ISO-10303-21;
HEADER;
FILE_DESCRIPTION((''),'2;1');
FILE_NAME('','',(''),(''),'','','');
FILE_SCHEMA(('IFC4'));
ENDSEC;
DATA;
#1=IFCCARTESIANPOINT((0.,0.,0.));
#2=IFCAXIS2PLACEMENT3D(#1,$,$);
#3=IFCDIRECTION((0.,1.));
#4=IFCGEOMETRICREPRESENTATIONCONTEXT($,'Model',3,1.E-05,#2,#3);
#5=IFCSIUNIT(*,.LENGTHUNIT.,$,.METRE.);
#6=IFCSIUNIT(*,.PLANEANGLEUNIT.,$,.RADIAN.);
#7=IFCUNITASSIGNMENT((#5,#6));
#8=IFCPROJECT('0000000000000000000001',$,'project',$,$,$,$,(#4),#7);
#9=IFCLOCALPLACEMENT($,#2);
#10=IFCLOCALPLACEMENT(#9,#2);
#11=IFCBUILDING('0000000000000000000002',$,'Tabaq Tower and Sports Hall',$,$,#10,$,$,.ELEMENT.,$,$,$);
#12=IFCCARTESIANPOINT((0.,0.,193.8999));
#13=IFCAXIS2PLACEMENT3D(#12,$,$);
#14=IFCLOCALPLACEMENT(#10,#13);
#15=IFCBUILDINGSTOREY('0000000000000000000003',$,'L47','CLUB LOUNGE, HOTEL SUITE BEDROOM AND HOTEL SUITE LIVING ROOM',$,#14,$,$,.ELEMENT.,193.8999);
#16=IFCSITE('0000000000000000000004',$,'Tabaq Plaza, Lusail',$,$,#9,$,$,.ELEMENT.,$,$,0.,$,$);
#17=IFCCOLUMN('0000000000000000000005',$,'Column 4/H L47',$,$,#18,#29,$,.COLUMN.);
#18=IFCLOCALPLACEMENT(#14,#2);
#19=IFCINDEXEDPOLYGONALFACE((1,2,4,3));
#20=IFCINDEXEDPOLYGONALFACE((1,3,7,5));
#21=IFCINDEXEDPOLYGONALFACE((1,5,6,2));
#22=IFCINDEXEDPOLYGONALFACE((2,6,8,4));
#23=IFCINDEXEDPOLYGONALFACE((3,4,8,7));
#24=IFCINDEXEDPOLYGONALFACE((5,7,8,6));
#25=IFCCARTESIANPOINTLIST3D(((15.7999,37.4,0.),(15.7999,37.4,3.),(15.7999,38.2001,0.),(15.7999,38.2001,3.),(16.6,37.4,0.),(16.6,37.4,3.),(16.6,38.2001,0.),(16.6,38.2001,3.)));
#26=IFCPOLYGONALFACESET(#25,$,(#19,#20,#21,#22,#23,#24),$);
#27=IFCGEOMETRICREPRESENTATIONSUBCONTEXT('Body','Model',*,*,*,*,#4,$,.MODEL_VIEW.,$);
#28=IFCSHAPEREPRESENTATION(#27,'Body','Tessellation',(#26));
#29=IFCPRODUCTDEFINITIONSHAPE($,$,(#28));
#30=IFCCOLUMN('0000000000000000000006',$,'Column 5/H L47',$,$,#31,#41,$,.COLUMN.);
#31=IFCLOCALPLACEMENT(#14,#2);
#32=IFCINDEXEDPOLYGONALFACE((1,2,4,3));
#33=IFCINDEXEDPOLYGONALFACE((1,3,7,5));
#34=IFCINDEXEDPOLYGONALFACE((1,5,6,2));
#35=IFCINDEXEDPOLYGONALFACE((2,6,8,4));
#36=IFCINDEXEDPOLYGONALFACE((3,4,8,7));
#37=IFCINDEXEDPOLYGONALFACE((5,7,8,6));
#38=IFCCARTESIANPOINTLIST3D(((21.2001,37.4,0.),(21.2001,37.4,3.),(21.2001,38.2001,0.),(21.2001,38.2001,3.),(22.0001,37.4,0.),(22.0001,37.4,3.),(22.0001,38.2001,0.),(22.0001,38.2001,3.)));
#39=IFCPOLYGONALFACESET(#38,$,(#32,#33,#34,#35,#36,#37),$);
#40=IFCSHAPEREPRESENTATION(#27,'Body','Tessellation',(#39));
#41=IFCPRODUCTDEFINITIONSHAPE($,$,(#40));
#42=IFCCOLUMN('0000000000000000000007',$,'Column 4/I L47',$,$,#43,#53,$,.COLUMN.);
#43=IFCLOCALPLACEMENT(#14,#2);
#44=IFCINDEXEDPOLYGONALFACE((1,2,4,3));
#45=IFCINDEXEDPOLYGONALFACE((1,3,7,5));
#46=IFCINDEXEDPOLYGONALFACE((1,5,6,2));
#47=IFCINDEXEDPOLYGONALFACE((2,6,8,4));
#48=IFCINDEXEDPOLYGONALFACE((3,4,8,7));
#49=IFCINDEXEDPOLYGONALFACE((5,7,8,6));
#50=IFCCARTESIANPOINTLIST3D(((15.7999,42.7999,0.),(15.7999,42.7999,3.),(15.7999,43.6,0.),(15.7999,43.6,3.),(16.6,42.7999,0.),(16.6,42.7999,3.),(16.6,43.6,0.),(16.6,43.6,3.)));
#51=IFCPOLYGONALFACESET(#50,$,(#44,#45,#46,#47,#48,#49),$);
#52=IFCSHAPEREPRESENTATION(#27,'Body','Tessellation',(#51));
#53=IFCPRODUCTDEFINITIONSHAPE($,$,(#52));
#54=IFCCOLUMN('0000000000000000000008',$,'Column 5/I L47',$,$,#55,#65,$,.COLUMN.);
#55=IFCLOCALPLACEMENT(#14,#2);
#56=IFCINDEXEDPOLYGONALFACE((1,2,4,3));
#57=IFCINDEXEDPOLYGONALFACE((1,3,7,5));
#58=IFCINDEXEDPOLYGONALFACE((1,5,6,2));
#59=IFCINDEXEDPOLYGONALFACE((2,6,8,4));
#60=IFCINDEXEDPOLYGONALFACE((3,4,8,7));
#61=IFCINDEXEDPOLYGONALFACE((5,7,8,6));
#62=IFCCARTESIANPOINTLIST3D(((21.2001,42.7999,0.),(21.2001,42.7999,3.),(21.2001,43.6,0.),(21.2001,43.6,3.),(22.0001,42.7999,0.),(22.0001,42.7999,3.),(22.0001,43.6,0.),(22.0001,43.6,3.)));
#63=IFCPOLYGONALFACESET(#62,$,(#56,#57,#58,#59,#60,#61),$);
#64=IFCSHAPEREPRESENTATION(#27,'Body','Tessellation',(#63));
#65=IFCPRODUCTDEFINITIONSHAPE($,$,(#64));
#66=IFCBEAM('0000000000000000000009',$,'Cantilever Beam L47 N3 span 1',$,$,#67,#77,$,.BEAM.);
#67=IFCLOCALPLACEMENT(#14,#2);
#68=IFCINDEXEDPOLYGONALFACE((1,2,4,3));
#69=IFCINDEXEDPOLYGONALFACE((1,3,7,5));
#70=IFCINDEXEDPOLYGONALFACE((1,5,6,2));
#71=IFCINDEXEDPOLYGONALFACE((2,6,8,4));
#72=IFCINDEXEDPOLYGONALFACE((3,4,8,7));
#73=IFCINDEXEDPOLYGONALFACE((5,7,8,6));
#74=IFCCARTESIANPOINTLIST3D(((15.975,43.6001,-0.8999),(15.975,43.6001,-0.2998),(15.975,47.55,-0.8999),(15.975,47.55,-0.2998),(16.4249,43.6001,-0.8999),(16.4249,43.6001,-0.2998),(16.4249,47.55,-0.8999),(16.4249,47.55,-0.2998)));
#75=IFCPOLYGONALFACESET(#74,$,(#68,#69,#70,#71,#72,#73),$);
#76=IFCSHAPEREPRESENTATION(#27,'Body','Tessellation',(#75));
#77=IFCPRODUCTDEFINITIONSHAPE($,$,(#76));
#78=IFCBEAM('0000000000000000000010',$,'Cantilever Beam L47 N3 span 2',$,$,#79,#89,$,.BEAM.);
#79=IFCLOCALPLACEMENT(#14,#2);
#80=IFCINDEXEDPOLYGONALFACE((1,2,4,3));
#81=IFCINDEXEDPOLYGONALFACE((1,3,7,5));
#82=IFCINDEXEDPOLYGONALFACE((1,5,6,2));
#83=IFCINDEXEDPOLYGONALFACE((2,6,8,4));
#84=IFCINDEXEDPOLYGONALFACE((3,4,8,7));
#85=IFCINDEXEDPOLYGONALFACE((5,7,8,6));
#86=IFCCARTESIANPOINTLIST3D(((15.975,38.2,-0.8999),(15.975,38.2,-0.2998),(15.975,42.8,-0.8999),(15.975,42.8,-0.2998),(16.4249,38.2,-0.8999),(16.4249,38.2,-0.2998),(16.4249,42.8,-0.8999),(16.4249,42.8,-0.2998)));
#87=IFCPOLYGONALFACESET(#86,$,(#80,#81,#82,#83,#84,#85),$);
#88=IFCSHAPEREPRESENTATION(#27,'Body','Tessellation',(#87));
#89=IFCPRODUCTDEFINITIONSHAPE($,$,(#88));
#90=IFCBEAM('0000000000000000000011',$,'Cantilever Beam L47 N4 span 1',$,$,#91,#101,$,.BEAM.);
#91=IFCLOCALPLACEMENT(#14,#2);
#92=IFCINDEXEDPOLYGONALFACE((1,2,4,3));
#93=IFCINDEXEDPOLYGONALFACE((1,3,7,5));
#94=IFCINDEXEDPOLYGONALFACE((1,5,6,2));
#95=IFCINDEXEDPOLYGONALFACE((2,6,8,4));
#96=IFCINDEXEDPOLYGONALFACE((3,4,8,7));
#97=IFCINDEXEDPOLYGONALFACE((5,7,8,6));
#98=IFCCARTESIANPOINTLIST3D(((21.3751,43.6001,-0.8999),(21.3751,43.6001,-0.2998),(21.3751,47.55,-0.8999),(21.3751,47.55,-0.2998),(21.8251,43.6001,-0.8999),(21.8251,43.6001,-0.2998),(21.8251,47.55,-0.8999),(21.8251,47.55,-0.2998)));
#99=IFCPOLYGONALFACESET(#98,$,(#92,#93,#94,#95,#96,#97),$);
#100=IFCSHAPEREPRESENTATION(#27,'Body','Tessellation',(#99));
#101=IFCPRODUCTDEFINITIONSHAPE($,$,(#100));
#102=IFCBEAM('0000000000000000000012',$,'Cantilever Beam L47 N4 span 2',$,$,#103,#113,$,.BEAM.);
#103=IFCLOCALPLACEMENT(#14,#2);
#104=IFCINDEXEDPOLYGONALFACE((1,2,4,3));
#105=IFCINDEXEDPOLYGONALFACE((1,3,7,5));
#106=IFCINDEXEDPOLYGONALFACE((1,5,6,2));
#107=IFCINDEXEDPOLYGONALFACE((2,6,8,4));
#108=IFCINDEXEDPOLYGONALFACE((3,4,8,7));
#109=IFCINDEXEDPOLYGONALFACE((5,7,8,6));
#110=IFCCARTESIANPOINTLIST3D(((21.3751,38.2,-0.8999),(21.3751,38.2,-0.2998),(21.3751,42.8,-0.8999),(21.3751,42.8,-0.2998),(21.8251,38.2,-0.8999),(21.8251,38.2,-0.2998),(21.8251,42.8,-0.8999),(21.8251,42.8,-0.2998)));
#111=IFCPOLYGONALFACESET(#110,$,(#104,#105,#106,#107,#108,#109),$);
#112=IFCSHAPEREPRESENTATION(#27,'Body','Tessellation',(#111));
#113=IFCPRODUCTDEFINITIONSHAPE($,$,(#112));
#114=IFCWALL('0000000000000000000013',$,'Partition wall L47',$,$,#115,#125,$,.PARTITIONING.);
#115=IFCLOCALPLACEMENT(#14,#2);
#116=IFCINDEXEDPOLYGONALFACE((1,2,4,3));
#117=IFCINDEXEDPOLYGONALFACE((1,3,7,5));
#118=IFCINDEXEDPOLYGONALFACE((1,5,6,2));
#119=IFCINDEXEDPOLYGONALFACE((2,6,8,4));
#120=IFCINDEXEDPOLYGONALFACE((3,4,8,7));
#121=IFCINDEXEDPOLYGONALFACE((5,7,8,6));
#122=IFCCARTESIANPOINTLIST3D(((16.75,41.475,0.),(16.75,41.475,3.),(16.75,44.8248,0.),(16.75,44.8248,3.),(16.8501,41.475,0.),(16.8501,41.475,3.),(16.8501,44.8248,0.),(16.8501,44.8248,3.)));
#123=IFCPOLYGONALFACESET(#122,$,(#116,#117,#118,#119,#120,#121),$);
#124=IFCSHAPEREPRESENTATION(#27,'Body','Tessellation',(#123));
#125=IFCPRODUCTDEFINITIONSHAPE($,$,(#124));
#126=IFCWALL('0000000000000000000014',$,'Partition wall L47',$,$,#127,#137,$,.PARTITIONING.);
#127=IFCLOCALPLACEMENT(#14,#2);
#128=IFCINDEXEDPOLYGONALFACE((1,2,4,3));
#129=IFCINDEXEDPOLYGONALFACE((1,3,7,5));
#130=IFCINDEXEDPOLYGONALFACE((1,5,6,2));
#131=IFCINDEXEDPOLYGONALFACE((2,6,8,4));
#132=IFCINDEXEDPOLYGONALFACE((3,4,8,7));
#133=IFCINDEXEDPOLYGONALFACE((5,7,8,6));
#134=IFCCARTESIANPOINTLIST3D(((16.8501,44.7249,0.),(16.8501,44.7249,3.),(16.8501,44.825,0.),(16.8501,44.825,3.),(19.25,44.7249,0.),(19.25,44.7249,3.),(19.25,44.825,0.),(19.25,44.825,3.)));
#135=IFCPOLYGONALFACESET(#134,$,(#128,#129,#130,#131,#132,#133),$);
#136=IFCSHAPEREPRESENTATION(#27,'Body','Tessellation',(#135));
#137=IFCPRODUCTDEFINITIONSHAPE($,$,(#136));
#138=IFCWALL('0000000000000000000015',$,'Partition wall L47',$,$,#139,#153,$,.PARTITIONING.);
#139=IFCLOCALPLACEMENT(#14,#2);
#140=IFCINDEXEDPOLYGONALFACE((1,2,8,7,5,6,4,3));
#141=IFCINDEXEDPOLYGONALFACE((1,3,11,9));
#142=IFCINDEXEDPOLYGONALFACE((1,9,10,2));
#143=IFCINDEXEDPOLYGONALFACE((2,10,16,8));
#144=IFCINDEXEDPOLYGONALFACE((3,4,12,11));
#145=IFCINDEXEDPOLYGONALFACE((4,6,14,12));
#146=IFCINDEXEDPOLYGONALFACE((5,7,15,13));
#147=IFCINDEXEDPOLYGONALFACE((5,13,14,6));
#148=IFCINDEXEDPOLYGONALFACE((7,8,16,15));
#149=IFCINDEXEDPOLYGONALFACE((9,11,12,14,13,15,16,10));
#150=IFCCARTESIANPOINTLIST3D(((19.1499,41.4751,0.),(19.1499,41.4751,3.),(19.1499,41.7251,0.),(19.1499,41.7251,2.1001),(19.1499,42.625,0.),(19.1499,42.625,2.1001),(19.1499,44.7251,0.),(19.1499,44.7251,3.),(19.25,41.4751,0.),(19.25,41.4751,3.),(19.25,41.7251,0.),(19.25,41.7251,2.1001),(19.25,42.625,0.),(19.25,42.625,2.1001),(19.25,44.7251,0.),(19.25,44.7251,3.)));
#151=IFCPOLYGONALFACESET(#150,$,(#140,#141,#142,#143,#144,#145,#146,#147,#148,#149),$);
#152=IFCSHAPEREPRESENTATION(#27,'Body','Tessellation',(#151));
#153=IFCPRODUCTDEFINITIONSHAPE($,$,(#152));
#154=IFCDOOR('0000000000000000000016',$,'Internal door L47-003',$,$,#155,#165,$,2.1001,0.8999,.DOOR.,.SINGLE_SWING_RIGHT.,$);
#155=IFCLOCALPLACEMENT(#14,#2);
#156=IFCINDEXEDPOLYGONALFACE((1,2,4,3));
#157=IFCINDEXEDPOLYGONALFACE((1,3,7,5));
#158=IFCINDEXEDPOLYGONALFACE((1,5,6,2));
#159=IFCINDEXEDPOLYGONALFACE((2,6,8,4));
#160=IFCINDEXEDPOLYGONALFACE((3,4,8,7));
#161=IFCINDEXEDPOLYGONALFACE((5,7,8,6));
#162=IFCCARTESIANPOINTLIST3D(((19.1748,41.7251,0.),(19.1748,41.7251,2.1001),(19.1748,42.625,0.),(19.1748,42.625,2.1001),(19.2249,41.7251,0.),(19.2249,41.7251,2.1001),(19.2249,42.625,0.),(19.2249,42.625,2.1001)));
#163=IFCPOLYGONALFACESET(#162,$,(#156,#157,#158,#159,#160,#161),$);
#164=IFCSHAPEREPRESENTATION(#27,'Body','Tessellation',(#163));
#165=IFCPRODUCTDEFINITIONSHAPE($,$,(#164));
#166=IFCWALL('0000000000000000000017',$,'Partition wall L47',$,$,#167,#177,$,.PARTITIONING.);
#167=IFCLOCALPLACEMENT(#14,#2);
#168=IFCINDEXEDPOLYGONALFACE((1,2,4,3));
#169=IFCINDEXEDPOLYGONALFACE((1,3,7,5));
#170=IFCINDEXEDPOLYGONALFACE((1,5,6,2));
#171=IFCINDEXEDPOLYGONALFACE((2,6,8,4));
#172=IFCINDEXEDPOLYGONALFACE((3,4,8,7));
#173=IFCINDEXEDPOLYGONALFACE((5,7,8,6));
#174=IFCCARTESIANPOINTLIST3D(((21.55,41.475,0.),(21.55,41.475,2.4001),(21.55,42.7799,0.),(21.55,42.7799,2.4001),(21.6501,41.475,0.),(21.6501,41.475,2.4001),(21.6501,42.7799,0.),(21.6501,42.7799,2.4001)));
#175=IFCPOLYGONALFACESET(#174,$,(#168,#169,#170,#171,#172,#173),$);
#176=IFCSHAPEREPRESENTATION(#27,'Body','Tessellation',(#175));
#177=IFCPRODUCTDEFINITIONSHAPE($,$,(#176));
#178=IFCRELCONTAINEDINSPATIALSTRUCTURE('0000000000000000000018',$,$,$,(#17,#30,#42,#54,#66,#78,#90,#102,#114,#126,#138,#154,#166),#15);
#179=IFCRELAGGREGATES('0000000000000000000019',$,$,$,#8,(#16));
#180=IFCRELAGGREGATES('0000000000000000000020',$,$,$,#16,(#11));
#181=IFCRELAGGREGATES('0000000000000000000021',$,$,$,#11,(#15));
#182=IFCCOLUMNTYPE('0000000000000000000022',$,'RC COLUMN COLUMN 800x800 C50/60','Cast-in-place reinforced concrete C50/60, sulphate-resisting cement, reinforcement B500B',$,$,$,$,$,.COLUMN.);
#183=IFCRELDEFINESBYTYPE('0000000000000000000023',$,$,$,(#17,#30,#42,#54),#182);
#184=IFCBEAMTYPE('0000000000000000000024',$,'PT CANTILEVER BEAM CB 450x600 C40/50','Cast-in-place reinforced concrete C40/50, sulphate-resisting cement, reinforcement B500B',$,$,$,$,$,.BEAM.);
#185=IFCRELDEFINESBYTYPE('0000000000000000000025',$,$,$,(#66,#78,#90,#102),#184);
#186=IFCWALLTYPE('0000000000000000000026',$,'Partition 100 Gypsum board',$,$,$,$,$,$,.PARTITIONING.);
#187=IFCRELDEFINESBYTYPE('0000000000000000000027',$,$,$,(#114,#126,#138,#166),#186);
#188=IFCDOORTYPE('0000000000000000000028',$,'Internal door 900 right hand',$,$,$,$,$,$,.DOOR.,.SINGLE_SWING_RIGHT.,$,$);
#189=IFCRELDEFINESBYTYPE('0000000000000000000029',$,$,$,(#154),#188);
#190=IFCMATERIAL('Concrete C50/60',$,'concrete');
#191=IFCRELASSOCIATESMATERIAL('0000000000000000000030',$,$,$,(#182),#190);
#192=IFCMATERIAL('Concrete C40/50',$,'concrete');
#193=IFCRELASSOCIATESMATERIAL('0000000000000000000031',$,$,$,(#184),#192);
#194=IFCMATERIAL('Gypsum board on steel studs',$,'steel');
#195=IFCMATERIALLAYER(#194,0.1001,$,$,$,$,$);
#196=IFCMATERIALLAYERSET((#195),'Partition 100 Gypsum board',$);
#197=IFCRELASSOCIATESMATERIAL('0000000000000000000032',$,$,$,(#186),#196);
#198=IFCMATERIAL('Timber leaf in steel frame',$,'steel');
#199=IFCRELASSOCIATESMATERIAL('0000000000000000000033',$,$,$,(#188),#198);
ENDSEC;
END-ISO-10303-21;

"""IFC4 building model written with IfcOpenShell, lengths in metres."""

from ifc_helpers import new_model, si_unit, direction, frame, frame_2d, origin, origin_2d, place, context, subcontext, project, spatial, rectangle, extrude, material, layer, layer_set, material_profile, profile_set, type_object, element, fill, save


model = new_model("IFC4")

# Units and contexts
model_context = context("Model", 3, precision=1e-05, world=origin(), true_north=direction((0.0, 1.0)))
body_context = subcontext(model_context, "Body", "Model", "MODEL_VIEW")
ifc_project = project(units=[si_unit("LENGTHUNIT", "METRE"), si_unit("PLANEANGLEUNIT", "RADIAN")], contexts=[model_context])

# Site, building, storey
site_placement = place(None, origin())
site = spatial("IfcSite", under=ifc_project, at=site_placement, Name="Tabaq Plaza, Lusail", CompositionType="ELEMENT", RefElevation=0.0)
building_placement = place(site_placement, origin())
building = spatial("IfcBuilding", under=site, at=building_placement, Name="Tabaq Tower and Sports Hall", CompositionType="ELEMENT")
storey_placement = place(building_placement, frame((0.0, 0.0, 193.8999)))
storey = spatial("IfcBuildingStorey", under=building, at=storey_placement, Name="L47", Description="CLUB LOUNGE, HOTEL SUITE BEDROOM AND HOTEL SUITE LIVING ROOM", CompositionType="ELEMENT", Elevation=193.8999)

# Columns
ifc_material_1 = material(Name="Concrete C50/60", Category="concrete")
ifc_material_profile_1 = material_profile(ifc_material_1, rectangle(XDim=0.8, YDim=0.8, at=origin_2d()), Name="COLUMN 800x800")
ifc_profile_set_1 = profile_set([ifc_material_profile_1], Name="Concrete C50/60")
column_type = type_object("IfcColumnType", Name="RC COLUMN COLUMN 800x800 C50/60", Description="Cast-in-place reinforced concrete C50/60, sulphate-resisting cement, reinforcement B500B", PredefinedType="COLUMN", material=ifc_profile_set_1)
for number, where, z_axis, x_axis, name in (
    (1, (16.2, 37.8, 0.0), (0.0, 0.0, 1.0), (1.0, 0.0, 0.0), "Column 4/H L47"),
    (2, (21.6001, 37.8, 0.0), (0.0, 0.0, 1.0), (1.0, 0.0, 0.0), "Column 5/H L47"),
    (3, (16.2, 43.2, 0.0), (0.0, 0.0, 1.0), (1.0, 0.0, 0.0), "Column 4/I L47"),
    (4, (21.6001, 43.2, 0.0), (0.0, 0.0, 1.0), (1.0, 0.0, 0.0), "Column 5/I L47"),
):
    element("IfcColumn", number, at=place(storey_placement, frame(where, z_axis=z_axis, x_axis=x_axis)), inside=storey, type_object=column_type, Name=name, PredefinedType="COLUMN", context=body_context, shape_type="SweptSolid", body=[
        extrude(rectangle(XDim=0.8, YDim=0.8, at=origin_2d()), origin(), (0.0, 0.0, 1.0), 3.0),
    ])

# Beams
ifc_material_2 = material(Name="Concrete C40/50", Category="concrete")
ifc_material_profile_2 = material_profile(ifc_material_2, rectangle(XDim=0.45, YDim=0.6001, at=origin_2d()), Name="CB 450x600")
ifc_profile_set_2 = profile_set([ifc_material_profile_2], Name="Concrete C40/50")
beam_type = type_object("IfcBeamType", Name="PT CANTILEVER BEAM CB 450x600 C40/50", Description="Cast-in-place reinforced concrete C40/50, sulphate-resisting cement, reinforcement B500B", PredefinedType="BEAM", material=ifc_profile_set_2)
beam_1_placement = place(storey_placement, frame((16.2, 47.55, -0.5999), z_axis=(0.0, -1.0, 0.0), x_axis=(1.0, 0.0, 0.0)))
element("IfcBeam", 5, at=beam_1_placement, inside=storey, type_object=beam_type, Name="Cantilever Beam L47 N3 span 1", PredefinedType="BEAM", context=body_context, shape_type="SweptSolid", body=[
    extrude(rectangle(XDim=0.45, YDim=0.6001, at=origin_2d()), origin(), (0.0, 0.0, 1.0), 3.95),
])
beam_2_placement = place(storey_placement, frame((16.2, 42.8, -0.5999), z_axis=(0.0, -1.0, 0.0), x_axis=(1.0, 0.0, 0.0)))
element("IfcBeam", 6, at=beam_2_placement, inside=storey, type_object=beam_type, Name="Cantilever Beam L47 N3 span 2", PredefinedType="BEAM", context=body_context, shape_type="SweptSolid", body=[
    extrude(rectangle(XDim=0.45, YDim=0.6001, at=origin_2d()), origin(), (0.0, 0.0, 1.0), 4.6001),
])
beam_3_placement = place(storey_placement, frame((21.6001, 47.55, -0.5999), z_axis=(0.0, -1.0, 0.0), x_axis=(1.0, 0.0, 0.0)))
element("IfcBeam", 7, at=beam_3_placement, inside=storey, type_object=beam_type, Name="Cantilever Beam L47 N4 span 1", PredefinedType="BEAM", context=body_context, shape_type="SweptSolid", body=[
    extrude(rectangle(XDim=0.45, YDim=0.6001, at=origin_2d()), origin(), (0.0, 0.0, 1.0), 3.95),
])
beam_4_placement = place(storey_placement, frame((21.6001, 42.8, -0.5999), z_axis=(0.0, -1.0, 0.0), x_axis=(1.0, 0.0, 0.0)))
element("IfcBeam", 8, at=beam_4_placement, inside=storey, type_object=beam_type, Name="Cantilever Beam L47 N4 span 2", PredefinedType="BEAM", context=body_context, shape_type="SweptSolid", body=[
    extrude(rectangle(XDim=0.45, YDim=0.6001, at=origin_2d()), origin(), (0.0, 0.0, 1.0), 4.6001),
])

# Walls
ifc_material_3 = material(Name="Gypsum board on steel studs", Category="steel")
ifc_layer_1 = layer(ifc_material_3, 0.1001)
ifc_layer_set_1 = layer_set([ifc_layer_1], Name="Partition 100 Gypsum board")
wall_type_1 = type_object("IfcWallType", Name="Partition 100 Gypsum board", PredefinedType="PARTITIONING", material=ifc_layer_set_1)
wall_1_placement = place(storey_placement, frame((16.8, 41.4751, 0.0), z_axis=(0.0, 0.0, 1.0), x_axis=(0.0, 1.0, 0.0)))
element("IfcWall", 9, at=wall_1_placement, inside=storey, type_object=wall_type_1, Name="Partition wall L47", PredefinedType="PARTITIONING", context=body_context, shape_type="SweptSolid", body=[
    extrude(rectangle(XDim=3.3499, YDim=0.1001, at=frame_2d((1.6748, 0.0))), origin(), (0.0, 0.0, 1.0), 3.0),
])
wall_2_placement = place(storey_placement, frame((16.8501, 44.7749, 0.0), z_axis=(0.0, 0.0, 1.0), x_axis=(1.0, 0.0, 0.0)))
element("IfcWall", 10, at=wall_2_placement, inside=storey, type_object=wall_type_1, Name="Partition wall L47", PredefinedType="PARTITIONING", context=body_context, shape_type="SweptSolid", body=[
    extrude(rectangle(XDim=2.3999, YDim=0.1001, at=frame_2d((1.2, 0.0))), origin(), (0.0, 0.0, 1.0), 3.0),
])

# Wall, opening, door
wall_3_placement = place(storey_placement, frame((19.2, 44.7251, 0.0), z_axis=(0.0, 0.0, 1.0), x_axis=(0.0, -1.0, 0.0)))
wall_3 = element("IfcWall", 11, at=wall_3_placement, inside=storey, type_object=wall_type_1, Name="Partition wall L47", PredefinedType="PARTITIONING", context=body_context, shape_type="SweptSolid", body=[
    extrude(rectangle(XDim=3.25, YDim=0.1001, at=frame_2d((1.625, 0.0))), origin(), (0.0, 0.0, 1.0), 3.0),
])
opening_1_placement = place(wall_3_placement, frame((2.1001, 0.0, 0.0)))
opening_1 = element("IfcOpeningElement", 12, at=opening_1_placement, cuts=wall_3, PredefinedType="OPENING", context=body_context, shape_type="SweptSolid", body=[
    extrude(rectangle(XDim=0.8999, YDim=2.1001, at=frame_2d((0.45, 1.05))), frame((0.0, 0.05, 0.0), z_axis=(0.0, -1.0, 0.0), x_axis=(1.0, 0.0, 0.0)), (0.0, 0.0, 1.0), 0.1001),
])
ifc_material_4 = material(Name="Timber leaf in steel frame", Category="steel")
door_type_1 = type_object("IfcDoorType", Name="Internal door 900 right hand", OperationType="SINGLE_SWING_RIGHT", PredefinedType="DOOR", material=ifc_material_4)
door_1_placement = place(opening_1_placement, origin())
door_1 = element("IfcDoor", 13, at=door_1_placement, inside=storey, type_object=door_type_1, Name="Internal door L47-003", OperationType="SINGLE_SWING_RIGHT", OverallHeight=2.1001, OverallWidth=0.8999, PredefinedType="DOOR", context=body_context, shape_type="SweptSolid", body=[
    extrude(rectangle(XDim=0.8999, YDim=2.1001, at=frame_2d((0.45, 1.05))), frame((0.0, 0.0249, 0.0), z_axis=(0.0, -1.0, 0.0), x_axis=(1.0, 0.0, 0.0)), (0.0, 0.0, 1.0), 0.05),
])
fill(opening_1, door_1)

# Wall
wall_4_placement = place(storey_placement, frame((21.6001, 41.4751, 0.0), z_axis=(0.0, 0.0, 1.0), x_axis=(0.0, 1.0, 0.0)))
element("IfcWall", 14, at=wall_4_placement, inside=storey, type_object=wall_type_1, Name="Partition wall L47", PredefinedType="PARTITIONING", context=body_context, shape_type="SweptSolid", body=[
    extrude(rectangle(XDim=1.3049, YDim=0.1001, at=frame_2d((0.6523, 0.0))), origin(), (0.0, 0.0, 1.0), 2.4001),
])

save(model, "model.ifc")
